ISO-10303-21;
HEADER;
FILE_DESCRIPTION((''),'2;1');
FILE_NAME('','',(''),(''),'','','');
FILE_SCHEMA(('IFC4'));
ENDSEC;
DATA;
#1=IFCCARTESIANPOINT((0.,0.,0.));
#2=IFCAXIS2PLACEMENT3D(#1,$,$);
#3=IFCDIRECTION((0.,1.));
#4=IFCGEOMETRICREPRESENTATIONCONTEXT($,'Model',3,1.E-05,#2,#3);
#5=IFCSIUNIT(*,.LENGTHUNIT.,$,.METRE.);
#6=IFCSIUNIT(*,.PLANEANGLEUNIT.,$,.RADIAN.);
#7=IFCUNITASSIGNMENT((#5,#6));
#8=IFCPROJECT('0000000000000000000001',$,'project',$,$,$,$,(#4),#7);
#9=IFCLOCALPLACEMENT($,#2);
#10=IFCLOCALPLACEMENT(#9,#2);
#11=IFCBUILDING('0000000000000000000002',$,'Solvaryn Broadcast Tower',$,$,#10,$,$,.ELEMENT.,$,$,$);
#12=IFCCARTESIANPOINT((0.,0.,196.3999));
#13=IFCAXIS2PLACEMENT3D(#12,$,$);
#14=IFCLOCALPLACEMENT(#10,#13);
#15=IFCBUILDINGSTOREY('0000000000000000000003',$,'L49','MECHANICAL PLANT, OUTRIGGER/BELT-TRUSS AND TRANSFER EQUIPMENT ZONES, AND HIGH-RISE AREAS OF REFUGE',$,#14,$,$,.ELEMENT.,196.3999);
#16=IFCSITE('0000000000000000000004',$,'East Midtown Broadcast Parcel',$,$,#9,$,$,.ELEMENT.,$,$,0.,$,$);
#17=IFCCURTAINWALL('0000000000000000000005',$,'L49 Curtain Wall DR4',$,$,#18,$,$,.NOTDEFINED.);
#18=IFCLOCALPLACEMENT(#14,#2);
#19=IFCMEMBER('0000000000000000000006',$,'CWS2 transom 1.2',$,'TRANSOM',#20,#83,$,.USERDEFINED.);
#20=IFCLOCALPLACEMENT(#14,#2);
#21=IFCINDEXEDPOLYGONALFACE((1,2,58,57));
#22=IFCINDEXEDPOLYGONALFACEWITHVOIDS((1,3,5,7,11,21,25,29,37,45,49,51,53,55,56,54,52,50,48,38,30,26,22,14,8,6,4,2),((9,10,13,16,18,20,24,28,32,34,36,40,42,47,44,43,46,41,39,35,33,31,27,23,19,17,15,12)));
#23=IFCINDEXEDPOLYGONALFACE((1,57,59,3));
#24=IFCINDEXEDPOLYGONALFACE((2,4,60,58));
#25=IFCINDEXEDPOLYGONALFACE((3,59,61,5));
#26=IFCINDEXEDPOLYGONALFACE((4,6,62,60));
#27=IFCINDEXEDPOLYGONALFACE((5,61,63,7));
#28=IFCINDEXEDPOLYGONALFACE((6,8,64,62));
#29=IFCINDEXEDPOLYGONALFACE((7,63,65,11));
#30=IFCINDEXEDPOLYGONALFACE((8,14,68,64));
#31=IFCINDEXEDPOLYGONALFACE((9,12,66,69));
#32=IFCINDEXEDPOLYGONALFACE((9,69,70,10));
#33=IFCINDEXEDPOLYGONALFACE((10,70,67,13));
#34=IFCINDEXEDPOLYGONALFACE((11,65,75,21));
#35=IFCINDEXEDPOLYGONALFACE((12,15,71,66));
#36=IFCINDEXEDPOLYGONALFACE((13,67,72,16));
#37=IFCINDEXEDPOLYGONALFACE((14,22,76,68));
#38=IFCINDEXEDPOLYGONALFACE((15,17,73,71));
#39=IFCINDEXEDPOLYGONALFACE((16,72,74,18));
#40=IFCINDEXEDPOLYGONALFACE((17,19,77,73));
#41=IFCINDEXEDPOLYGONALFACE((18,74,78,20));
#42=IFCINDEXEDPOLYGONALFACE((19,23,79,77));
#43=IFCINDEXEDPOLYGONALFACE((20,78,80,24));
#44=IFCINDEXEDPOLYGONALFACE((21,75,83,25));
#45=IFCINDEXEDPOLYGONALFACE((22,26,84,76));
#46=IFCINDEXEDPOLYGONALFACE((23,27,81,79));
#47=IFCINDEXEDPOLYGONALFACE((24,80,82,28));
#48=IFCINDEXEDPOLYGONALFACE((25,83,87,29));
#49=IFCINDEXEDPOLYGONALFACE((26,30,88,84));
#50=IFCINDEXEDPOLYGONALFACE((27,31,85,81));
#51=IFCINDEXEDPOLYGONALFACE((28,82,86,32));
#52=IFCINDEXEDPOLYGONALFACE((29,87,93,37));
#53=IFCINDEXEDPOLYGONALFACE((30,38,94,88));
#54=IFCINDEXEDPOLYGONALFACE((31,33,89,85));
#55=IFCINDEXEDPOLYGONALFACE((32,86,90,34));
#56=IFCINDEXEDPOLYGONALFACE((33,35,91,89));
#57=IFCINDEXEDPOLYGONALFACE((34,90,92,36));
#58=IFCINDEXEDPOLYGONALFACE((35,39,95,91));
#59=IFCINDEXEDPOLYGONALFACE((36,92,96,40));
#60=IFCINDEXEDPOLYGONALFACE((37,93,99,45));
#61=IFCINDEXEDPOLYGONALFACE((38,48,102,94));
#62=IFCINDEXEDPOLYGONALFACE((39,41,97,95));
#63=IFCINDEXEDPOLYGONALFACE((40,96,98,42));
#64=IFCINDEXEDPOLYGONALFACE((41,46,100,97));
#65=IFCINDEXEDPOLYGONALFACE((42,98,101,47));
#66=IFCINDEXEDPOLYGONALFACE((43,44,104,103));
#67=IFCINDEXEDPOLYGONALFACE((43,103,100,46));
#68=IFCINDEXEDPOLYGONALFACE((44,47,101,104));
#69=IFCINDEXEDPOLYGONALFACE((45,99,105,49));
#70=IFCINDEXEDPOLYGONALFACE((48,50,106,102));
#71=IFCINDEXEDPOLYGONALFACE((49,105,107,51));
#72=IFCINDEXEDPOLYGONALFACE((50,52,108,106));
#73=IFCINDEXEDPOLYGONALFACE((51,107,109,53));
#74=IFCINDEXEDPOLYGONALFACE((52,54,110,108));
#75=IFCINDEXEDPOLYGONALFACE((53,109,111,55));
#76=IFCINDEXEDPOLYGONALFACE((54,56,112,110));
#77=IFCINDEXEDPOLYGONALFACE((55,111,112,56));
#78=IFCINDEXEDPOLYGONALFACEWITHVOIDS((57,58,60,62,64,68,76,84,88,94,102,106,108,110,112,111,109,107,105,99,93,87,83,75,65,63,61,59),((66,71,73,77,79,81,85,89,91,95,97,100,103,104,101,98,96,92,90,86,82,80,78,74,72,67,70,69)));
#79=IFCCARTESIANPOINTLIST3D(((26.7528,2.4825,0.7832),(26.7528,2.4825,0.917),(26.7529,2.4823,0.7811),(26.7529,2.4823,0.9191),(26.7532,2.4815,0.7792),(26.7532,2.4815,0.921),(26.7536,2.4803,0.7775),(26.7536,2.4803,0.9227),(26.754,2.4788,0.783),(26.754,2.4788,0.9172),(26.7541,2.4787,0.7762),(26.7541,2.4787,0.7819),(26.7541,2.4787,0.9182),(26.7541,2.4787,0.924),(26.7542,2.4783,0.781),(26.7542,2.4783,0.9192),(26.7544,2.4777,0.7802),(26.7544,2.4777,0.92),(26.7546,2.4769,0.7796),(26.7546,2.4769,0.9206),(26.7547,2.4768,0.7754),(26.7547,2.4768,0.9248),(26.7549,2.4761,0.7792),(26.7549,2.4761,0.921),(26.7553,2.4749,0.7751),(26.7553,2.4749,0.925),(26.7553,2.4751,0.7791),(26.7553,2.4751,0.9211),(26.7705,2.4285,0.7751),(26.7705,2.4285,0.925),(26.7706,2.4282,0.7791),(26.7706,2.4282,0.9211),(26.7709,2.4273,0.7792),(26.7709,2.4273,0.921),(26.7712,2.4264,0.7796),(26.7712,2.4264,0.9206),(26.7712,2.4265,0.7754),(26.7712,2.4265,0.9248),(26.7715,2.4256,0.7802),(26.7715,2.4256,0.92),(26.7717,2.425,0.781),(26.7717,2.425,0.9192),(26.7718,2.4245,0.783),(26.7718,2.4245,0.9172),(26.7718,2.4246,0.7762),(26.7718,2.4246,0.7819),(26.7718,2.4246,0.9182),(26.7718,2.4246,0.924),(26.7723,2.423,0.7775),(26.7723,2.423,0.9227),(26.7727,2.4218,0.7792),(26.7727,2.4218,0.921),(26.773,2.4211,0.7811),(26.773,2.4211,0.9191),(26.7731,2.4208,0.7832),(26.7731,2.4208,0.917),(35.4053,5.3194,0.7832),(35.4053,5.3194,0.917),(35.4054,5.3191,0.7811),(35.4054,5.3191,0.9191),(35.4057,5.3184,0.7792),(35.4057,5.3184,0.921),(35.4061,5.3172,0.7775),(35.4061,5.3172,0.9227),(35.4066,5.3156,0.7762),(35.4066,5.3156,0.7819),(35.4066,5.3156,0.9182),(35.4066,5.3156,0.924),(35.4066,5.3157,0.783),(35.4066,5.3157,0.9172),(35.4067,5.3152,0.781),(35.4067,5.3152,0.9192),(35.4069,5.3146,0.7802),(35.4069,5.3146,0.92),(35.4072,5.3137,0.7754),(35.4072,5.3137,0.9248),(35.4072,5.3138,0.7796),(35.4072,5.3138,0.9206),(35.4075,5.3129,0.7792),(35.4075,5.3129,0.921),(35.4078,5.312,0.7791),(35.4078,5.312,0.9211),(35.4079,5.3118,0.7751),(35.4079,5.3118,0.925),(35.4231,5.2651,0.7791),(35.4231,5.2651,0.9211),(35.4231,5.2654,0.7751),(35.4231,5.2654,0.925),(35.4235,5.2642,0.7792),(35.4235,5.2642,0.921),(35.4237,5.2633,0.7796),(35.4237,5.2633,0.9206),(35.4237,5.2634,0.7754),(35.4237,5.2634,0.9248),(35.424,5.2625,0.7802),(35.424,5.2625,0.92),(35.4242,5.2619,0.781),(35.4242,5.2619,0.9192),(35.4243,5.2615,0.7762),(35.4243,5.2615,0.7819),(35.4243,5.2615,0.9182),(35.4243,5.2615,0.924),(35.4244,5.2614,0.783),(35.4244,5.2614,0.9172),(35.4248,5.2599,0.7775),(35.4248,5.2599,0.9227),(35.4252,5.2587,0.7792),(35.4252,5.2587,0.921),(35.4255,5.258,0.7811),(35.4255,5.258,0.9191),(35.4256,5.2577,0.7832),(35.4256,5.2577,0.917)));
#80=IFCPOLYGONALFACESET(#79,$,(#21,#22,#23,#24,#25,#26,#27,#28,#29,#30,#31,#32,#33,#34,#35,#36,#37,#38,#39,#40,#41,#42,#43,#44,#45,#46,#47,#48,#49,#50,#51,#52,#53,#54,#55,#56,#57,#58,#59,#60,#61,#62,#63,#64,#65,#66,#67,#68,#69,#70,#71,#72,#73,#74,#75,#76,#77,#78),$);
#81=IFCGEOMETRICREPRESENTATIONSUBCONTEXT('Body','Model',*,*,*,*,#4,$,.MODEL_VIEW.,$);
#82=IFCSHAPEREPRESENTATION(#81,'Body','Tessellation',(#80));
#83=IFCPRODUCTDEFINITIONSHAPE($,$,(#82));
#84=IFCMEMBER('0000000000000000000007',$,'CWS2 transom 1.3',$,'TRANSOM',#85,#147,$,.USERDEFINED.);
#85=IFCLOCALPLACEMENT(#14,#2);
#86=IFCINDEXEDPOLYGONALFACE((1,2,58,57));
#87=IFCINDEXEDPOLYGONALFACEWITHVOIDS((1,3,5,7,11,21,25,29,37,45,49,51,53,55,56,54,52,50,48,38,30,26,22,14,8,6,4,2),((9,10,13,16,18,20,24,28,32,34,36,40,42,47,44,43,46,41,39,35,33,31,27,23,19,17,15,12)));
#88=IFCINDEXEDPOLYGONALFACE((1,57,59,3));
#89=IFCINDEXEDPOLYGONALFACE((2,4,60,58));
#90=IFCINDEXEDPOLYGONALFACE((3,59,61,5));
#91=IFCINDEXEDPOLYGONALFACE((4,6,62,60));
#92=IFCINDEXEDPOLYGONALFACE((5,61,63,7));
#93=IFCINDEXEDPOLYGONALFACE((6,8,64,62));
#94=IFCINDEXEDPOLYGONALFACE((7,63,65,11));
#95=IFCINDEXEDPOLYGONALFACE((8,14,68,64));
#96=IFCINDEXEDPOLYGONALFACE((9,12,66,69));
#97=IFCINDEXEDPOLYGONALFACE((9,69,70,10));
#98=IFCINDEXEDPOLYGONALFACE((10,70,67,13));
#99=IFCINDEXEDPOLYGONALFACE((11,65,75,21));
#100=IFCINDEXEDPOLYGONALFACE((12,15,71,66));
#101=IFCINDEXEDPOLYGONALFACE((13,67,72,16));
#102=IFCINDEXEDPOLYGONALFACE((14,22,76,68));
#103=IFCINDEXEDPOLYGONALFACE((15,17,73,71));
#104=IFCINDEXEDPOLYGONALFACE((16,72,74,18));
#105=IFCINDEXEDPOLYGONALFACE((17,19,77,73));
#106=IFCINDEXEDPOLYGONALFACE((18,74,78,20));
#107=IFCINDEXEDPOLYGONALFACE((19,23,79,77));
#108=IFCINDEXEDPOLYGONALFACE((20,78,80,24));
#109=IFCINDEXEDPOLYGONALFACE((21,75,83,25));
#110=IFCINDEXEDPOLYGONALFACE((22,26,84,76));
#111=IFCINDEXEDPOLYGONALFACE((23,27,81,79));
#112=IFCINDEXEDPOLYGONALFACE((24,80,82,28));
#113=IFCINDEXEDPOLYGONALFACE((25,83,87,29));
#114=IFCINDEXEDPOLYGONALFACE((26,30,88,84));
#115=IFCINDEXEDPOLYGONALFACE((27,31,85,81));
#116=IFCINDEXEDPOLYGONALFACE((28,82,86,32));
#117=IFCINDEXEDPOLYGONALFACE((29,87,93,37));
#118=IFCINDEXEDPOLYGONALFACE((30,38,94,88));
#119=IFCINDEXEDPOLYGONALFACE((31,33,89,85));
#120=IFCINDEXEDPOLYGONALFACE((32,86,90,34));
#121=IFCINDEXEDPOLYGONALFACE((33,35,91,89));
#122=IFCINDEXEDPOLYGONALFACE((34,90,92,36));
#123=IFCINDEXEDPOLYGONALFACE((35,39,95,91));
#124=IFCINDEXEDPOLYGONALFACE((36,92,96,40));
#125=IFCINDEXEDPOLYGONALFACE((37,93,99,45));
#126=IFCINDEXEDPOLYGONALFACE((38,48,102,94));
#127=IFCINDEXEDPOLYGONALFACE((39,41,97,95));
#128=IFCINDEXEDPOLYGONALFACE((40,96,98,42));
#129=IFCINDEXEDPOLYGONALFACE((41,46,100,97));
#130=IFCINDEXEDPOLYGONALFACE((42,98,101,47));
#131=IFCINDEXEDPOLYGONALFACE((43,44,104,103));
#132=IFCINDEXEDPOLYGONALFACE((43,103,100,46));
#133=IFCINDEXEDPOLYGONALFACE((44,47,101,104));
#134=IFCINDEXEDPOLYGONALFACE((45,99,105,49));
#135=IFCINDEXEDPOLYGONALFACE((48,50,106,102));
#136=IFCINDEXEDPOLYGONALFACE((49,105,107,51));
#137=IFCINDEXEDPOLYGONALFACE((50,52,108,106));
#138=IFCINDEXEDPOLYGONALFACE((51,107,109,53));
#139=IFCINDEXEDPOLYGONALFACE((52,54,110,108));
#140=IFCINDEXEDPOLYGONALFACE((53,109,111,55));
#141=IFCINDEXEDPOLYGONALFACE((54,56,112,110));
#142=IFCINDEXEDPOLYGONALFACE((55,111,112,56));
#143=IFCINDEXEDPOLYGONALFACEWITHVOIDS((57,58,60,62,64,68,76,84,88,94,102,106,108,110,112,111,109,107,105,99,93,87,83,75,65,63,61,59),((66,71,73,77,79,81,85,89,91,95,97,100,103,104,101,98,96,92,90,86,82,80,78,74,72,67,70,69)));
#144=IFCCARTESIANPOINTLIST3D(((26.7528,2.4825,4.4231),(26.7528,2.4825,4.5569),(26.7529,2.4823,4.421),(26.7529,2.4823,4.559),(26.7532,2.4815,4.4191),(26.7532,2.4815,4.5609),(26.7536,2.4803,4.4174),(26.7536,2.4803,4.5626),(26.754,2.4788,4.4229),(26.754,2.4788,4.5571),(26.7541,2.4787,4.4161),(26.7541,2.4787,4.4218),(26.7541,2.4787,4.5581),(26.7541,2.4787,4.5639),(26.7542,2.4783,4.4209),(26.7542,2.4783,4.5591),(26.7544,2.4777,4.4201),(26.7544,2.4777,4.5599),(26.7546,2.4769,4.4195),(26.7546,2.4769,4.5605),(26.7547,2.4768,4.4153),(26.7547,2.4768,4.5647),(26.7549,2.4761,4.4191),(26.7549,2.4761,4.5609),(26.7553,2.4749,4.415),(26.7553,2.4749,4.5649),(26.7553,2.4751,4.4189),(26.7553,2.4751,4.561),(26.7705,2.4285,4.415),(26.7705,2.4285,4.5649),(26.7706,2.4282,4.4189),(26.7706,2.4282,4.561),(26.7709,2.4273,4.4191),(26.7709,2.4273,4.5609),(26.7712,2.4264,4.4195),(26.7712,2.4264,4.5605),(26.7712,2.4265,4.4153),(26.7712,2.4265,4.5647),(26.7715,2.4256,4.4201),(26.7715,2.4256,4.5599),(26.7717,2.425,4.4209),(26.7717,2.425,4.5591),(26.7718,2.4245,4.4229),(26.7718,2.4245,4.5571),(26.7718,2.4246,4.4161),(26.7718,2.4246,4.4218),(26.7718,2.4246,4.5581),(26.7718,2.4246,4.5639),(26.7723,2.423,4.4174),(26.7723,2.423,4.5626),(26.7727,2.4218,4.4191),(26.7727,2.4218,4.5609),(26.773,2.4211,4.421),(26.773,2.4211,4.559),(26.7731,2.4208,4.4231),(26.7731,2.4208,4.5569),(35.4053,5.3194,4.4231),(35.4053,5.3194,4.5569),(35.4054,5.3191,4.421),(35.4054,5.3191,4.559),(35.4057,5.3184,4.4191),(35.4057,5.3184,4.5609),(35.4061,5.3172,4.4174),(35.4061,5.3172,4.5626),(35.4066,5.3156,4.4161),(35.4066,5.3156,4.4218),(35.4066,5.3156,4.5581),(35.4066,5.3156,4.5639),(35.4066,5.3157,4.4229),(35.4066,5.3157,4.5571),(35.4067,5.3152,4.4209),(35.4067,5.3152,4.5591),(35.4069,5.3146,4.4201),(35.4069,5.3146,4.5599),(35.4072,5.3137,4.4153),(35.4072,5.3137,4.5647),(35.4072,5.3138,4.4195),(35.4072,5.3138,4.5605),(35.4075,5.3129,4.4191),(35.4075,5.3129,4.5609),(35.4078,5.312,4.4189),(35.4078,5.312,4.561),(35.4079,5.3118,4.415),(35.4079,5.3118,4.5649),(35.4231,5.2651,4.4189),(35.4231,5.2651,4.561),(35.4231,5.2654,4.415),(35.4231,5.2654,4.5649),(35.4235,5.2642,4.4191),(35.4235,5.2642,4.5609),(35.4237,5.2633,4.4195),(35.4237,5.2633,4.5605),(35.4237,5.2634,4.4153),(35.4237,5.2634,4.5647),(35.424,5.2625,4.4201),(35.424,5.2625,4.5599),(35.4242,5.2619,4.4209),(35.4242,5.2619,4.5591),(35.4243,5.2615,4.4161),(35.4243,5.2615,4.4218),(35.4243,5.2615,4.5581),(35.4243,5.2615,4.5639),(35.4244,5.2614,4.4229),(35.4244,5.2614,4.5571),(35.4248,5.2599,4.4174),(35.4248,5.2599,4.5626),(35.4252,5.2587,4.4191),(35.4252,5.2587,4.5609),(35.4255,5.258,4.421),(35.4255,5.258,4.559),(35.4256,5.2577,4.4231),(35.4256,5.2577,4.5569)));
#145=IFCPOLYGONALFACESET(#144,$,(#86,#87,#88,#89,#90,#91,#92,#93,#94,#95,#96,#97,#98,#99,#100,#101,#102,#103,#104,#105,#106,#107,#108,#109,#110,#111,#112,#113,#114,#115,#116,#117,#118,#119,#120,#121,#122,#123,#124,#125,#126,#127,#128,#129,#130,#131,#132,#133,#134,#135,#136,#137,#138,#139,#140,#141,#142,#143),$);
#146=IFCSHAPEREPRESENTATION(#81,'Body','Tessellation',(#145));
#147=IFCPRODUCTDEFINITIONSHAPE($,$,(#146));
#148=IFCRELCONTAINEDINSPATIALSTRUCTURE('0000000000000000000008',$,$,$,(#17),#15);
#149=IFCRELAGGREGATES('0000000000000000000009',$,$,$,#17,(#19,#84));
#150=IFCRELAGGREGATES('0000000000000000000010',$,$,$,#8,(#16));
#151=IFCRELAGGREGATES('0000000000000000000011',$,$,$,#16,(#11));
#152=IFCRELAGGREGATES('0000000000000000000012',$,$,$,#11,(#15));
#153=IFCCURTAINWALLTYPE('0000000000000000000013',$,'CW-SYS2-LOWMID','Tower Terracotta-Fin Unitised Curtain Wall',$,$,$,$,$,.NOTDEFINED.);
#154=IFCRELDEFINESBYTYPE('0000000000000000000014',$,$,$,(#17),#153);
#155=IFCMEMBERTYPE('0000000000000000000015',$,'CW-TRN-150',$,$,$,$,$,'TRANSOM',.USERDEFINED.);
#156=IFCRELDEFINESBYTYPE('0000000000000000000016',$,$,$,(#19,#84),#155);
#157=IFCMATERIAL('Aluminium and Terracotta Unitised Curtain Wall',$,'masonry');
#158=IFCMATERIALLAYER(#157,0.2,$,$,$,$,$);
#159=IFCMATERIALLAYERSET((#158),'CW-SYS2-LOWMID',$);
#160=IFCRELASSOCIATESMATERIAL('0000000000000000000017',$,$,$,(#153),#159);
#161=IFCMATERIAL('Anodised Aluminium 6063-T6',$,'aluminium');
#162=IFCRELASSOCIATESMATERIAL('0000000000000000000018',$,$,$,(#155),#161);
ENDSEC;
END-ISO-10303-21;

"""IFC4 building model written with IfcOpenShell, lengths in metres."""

from ifc_helpers import new_model, si_unit, direction, frame, origin, origin_2d, place, context, subcontext, project, spatial, hollow_rectangle, extrude, material, layer, layer_set, material_profile, profile_set, type_object, element, aggregate, save


model = new_model("IFC4")

# Units and contexts
model_context = context("Model", 3, precision=1e-05, world=origin(), true_north=direction((0.0, 1.0)))
body_context = subcontext(model_context, "Body", "Model", "MODEL_VIEW")
ifc_project = project(units=[si_unit("LENGTHUNIT", "METRE"), si_unit("PLANEANGLEUNIT", "RADIAN")], contexts=[model_context])

# Site, building, storey
site_placement = place(None, origin())
site = spatial("IfcSite", under=ifc_project, at=site_placement, Name="East Midtown Broadcast Parcel", CompositionType="ELEMENT", RefElevation=0.0)
building_placement = place(site_placement, origin())
building = spatial("IfcBuilding", under=site, at=building_placement, Name="Solvaryn Broadcast Tower", CompositionType="ELEMENT")
storey_placement = place(building_placement, frame((0.0, 0.0, 196.3999)))
storey = spatial("IfcBuildingStorey", under=building, at=storey_placement, Name="L49", Description="MECHANICAL PLANT, OUTRIGGER/BELT-TRUSS AND TRANSFER EQUIPMENT ZONES, AND HIGH-RISE AREAS OF REFUGE", CompositionType="ELEMENT", Elevation=196.3999)

# Shared definitions
ifc_material_1 = material(Name="Aluminium and Terracotta Unitised Curtain Wall", Category="masonry")
ifc_layer_1 = layer(ifc_material_1, 0.2)
ifc_layer_set_1 = layer_set([ifc_layer_1], Name="CW-SYS2-LOWMID")
curtain_wall_type = type_object("IfcCurtainWallType", Name="CW-SYS2-LOWMID", Description="Tower Terracotta-Fin Unitised Curtain Wall", PredefinedType="NOTDEFINED", material=ifc_layer_set_1)

# Curtain wall, members
curtain_wall_1_placement = place(storey_placement, origin())
curtain_wall_1 = element("IfcCurtainWall", 1, at=curtain_wall_1_placement, inside=storey, type_object=curtain_wall_type, Name="L49 Curtain Wall DR4", PredefinedType="NOTDEFINED")
ifc_material_2 = material(Name="Anodised Aluminium 6063-T6", Category="aluminium")
ifc_material_profile_1 = material_profile(ifc_material_2, hollow_rectangle(XDim=0.0649, YDim=0.1499, WallThickness=0.0039, InnerFilletRadius=0.0039, OuterFilletRadius=0.0081, at=origin_2d()))
ifc_profile_set_1 = profile_set([ifc_material_profile_1], Name="Anodised Aluminium 6063-T6")
member_type_1 = type_object("IfcMemberType", Name="CW-TRN-150", ElementType="TRANSOM", PredefinedType="USERDEFINED", material=ifc_profile_set_1)
member_1_placement = place(storey_placement, frame((26.7629, 2.4517, 0.8501), z_axis=(0.95023, 0.311551, 0.0), x_axis=(-0.311551, 0.95023, 0.0)))
member_1 = element("IfcMember", 2, at=member_1_placement, type_object=member_type_1, Name="CWS2 transom 1.2", ObjectType="TRANSOM", PredefinedType="USERDEFINED", context=body_context, shape_type="SweptSolid", body=[
    extrude(hollow_rectangle(XDim=0.0649, YDim=0.1499, WallThickness=0.0039, InnerFilletRadius=0.0039, OuterFilletRadius=0.0081, at=origin_2d()), origin(), (0.0, 0.0, 1.0), 9.1057),
])
member_2_placement = place(storey_placement, frame((26.7629, 2.4517, 4.49), z_axis=(0.95023, 0.311551, 0.0), x_axis=(-0.311551, 0.95023, 0.0)))
member_2 = element("IfcMember", 3, at=member_2_placement, type_object=member_type_1, Name="CWS2 transom 1.3", ObjectType="TRANSOM", PredefinedType="USERDEFINED", context=body_context, shape_type="SweptSolid", body=[
    extrude(hollow_rectangle(XDim=0.0649, YDim=0.1499, WallThickness=0.0039, InnerFilletRadius=0.0039, OuterFilletRadius=0.0081, at=origin_2d()), origin(), (0.0, 0.0, 1.0), 9.1057),
])

aggregate(curtain_wall_1, [member_1, member_2])

save(model, "model.ifc")
